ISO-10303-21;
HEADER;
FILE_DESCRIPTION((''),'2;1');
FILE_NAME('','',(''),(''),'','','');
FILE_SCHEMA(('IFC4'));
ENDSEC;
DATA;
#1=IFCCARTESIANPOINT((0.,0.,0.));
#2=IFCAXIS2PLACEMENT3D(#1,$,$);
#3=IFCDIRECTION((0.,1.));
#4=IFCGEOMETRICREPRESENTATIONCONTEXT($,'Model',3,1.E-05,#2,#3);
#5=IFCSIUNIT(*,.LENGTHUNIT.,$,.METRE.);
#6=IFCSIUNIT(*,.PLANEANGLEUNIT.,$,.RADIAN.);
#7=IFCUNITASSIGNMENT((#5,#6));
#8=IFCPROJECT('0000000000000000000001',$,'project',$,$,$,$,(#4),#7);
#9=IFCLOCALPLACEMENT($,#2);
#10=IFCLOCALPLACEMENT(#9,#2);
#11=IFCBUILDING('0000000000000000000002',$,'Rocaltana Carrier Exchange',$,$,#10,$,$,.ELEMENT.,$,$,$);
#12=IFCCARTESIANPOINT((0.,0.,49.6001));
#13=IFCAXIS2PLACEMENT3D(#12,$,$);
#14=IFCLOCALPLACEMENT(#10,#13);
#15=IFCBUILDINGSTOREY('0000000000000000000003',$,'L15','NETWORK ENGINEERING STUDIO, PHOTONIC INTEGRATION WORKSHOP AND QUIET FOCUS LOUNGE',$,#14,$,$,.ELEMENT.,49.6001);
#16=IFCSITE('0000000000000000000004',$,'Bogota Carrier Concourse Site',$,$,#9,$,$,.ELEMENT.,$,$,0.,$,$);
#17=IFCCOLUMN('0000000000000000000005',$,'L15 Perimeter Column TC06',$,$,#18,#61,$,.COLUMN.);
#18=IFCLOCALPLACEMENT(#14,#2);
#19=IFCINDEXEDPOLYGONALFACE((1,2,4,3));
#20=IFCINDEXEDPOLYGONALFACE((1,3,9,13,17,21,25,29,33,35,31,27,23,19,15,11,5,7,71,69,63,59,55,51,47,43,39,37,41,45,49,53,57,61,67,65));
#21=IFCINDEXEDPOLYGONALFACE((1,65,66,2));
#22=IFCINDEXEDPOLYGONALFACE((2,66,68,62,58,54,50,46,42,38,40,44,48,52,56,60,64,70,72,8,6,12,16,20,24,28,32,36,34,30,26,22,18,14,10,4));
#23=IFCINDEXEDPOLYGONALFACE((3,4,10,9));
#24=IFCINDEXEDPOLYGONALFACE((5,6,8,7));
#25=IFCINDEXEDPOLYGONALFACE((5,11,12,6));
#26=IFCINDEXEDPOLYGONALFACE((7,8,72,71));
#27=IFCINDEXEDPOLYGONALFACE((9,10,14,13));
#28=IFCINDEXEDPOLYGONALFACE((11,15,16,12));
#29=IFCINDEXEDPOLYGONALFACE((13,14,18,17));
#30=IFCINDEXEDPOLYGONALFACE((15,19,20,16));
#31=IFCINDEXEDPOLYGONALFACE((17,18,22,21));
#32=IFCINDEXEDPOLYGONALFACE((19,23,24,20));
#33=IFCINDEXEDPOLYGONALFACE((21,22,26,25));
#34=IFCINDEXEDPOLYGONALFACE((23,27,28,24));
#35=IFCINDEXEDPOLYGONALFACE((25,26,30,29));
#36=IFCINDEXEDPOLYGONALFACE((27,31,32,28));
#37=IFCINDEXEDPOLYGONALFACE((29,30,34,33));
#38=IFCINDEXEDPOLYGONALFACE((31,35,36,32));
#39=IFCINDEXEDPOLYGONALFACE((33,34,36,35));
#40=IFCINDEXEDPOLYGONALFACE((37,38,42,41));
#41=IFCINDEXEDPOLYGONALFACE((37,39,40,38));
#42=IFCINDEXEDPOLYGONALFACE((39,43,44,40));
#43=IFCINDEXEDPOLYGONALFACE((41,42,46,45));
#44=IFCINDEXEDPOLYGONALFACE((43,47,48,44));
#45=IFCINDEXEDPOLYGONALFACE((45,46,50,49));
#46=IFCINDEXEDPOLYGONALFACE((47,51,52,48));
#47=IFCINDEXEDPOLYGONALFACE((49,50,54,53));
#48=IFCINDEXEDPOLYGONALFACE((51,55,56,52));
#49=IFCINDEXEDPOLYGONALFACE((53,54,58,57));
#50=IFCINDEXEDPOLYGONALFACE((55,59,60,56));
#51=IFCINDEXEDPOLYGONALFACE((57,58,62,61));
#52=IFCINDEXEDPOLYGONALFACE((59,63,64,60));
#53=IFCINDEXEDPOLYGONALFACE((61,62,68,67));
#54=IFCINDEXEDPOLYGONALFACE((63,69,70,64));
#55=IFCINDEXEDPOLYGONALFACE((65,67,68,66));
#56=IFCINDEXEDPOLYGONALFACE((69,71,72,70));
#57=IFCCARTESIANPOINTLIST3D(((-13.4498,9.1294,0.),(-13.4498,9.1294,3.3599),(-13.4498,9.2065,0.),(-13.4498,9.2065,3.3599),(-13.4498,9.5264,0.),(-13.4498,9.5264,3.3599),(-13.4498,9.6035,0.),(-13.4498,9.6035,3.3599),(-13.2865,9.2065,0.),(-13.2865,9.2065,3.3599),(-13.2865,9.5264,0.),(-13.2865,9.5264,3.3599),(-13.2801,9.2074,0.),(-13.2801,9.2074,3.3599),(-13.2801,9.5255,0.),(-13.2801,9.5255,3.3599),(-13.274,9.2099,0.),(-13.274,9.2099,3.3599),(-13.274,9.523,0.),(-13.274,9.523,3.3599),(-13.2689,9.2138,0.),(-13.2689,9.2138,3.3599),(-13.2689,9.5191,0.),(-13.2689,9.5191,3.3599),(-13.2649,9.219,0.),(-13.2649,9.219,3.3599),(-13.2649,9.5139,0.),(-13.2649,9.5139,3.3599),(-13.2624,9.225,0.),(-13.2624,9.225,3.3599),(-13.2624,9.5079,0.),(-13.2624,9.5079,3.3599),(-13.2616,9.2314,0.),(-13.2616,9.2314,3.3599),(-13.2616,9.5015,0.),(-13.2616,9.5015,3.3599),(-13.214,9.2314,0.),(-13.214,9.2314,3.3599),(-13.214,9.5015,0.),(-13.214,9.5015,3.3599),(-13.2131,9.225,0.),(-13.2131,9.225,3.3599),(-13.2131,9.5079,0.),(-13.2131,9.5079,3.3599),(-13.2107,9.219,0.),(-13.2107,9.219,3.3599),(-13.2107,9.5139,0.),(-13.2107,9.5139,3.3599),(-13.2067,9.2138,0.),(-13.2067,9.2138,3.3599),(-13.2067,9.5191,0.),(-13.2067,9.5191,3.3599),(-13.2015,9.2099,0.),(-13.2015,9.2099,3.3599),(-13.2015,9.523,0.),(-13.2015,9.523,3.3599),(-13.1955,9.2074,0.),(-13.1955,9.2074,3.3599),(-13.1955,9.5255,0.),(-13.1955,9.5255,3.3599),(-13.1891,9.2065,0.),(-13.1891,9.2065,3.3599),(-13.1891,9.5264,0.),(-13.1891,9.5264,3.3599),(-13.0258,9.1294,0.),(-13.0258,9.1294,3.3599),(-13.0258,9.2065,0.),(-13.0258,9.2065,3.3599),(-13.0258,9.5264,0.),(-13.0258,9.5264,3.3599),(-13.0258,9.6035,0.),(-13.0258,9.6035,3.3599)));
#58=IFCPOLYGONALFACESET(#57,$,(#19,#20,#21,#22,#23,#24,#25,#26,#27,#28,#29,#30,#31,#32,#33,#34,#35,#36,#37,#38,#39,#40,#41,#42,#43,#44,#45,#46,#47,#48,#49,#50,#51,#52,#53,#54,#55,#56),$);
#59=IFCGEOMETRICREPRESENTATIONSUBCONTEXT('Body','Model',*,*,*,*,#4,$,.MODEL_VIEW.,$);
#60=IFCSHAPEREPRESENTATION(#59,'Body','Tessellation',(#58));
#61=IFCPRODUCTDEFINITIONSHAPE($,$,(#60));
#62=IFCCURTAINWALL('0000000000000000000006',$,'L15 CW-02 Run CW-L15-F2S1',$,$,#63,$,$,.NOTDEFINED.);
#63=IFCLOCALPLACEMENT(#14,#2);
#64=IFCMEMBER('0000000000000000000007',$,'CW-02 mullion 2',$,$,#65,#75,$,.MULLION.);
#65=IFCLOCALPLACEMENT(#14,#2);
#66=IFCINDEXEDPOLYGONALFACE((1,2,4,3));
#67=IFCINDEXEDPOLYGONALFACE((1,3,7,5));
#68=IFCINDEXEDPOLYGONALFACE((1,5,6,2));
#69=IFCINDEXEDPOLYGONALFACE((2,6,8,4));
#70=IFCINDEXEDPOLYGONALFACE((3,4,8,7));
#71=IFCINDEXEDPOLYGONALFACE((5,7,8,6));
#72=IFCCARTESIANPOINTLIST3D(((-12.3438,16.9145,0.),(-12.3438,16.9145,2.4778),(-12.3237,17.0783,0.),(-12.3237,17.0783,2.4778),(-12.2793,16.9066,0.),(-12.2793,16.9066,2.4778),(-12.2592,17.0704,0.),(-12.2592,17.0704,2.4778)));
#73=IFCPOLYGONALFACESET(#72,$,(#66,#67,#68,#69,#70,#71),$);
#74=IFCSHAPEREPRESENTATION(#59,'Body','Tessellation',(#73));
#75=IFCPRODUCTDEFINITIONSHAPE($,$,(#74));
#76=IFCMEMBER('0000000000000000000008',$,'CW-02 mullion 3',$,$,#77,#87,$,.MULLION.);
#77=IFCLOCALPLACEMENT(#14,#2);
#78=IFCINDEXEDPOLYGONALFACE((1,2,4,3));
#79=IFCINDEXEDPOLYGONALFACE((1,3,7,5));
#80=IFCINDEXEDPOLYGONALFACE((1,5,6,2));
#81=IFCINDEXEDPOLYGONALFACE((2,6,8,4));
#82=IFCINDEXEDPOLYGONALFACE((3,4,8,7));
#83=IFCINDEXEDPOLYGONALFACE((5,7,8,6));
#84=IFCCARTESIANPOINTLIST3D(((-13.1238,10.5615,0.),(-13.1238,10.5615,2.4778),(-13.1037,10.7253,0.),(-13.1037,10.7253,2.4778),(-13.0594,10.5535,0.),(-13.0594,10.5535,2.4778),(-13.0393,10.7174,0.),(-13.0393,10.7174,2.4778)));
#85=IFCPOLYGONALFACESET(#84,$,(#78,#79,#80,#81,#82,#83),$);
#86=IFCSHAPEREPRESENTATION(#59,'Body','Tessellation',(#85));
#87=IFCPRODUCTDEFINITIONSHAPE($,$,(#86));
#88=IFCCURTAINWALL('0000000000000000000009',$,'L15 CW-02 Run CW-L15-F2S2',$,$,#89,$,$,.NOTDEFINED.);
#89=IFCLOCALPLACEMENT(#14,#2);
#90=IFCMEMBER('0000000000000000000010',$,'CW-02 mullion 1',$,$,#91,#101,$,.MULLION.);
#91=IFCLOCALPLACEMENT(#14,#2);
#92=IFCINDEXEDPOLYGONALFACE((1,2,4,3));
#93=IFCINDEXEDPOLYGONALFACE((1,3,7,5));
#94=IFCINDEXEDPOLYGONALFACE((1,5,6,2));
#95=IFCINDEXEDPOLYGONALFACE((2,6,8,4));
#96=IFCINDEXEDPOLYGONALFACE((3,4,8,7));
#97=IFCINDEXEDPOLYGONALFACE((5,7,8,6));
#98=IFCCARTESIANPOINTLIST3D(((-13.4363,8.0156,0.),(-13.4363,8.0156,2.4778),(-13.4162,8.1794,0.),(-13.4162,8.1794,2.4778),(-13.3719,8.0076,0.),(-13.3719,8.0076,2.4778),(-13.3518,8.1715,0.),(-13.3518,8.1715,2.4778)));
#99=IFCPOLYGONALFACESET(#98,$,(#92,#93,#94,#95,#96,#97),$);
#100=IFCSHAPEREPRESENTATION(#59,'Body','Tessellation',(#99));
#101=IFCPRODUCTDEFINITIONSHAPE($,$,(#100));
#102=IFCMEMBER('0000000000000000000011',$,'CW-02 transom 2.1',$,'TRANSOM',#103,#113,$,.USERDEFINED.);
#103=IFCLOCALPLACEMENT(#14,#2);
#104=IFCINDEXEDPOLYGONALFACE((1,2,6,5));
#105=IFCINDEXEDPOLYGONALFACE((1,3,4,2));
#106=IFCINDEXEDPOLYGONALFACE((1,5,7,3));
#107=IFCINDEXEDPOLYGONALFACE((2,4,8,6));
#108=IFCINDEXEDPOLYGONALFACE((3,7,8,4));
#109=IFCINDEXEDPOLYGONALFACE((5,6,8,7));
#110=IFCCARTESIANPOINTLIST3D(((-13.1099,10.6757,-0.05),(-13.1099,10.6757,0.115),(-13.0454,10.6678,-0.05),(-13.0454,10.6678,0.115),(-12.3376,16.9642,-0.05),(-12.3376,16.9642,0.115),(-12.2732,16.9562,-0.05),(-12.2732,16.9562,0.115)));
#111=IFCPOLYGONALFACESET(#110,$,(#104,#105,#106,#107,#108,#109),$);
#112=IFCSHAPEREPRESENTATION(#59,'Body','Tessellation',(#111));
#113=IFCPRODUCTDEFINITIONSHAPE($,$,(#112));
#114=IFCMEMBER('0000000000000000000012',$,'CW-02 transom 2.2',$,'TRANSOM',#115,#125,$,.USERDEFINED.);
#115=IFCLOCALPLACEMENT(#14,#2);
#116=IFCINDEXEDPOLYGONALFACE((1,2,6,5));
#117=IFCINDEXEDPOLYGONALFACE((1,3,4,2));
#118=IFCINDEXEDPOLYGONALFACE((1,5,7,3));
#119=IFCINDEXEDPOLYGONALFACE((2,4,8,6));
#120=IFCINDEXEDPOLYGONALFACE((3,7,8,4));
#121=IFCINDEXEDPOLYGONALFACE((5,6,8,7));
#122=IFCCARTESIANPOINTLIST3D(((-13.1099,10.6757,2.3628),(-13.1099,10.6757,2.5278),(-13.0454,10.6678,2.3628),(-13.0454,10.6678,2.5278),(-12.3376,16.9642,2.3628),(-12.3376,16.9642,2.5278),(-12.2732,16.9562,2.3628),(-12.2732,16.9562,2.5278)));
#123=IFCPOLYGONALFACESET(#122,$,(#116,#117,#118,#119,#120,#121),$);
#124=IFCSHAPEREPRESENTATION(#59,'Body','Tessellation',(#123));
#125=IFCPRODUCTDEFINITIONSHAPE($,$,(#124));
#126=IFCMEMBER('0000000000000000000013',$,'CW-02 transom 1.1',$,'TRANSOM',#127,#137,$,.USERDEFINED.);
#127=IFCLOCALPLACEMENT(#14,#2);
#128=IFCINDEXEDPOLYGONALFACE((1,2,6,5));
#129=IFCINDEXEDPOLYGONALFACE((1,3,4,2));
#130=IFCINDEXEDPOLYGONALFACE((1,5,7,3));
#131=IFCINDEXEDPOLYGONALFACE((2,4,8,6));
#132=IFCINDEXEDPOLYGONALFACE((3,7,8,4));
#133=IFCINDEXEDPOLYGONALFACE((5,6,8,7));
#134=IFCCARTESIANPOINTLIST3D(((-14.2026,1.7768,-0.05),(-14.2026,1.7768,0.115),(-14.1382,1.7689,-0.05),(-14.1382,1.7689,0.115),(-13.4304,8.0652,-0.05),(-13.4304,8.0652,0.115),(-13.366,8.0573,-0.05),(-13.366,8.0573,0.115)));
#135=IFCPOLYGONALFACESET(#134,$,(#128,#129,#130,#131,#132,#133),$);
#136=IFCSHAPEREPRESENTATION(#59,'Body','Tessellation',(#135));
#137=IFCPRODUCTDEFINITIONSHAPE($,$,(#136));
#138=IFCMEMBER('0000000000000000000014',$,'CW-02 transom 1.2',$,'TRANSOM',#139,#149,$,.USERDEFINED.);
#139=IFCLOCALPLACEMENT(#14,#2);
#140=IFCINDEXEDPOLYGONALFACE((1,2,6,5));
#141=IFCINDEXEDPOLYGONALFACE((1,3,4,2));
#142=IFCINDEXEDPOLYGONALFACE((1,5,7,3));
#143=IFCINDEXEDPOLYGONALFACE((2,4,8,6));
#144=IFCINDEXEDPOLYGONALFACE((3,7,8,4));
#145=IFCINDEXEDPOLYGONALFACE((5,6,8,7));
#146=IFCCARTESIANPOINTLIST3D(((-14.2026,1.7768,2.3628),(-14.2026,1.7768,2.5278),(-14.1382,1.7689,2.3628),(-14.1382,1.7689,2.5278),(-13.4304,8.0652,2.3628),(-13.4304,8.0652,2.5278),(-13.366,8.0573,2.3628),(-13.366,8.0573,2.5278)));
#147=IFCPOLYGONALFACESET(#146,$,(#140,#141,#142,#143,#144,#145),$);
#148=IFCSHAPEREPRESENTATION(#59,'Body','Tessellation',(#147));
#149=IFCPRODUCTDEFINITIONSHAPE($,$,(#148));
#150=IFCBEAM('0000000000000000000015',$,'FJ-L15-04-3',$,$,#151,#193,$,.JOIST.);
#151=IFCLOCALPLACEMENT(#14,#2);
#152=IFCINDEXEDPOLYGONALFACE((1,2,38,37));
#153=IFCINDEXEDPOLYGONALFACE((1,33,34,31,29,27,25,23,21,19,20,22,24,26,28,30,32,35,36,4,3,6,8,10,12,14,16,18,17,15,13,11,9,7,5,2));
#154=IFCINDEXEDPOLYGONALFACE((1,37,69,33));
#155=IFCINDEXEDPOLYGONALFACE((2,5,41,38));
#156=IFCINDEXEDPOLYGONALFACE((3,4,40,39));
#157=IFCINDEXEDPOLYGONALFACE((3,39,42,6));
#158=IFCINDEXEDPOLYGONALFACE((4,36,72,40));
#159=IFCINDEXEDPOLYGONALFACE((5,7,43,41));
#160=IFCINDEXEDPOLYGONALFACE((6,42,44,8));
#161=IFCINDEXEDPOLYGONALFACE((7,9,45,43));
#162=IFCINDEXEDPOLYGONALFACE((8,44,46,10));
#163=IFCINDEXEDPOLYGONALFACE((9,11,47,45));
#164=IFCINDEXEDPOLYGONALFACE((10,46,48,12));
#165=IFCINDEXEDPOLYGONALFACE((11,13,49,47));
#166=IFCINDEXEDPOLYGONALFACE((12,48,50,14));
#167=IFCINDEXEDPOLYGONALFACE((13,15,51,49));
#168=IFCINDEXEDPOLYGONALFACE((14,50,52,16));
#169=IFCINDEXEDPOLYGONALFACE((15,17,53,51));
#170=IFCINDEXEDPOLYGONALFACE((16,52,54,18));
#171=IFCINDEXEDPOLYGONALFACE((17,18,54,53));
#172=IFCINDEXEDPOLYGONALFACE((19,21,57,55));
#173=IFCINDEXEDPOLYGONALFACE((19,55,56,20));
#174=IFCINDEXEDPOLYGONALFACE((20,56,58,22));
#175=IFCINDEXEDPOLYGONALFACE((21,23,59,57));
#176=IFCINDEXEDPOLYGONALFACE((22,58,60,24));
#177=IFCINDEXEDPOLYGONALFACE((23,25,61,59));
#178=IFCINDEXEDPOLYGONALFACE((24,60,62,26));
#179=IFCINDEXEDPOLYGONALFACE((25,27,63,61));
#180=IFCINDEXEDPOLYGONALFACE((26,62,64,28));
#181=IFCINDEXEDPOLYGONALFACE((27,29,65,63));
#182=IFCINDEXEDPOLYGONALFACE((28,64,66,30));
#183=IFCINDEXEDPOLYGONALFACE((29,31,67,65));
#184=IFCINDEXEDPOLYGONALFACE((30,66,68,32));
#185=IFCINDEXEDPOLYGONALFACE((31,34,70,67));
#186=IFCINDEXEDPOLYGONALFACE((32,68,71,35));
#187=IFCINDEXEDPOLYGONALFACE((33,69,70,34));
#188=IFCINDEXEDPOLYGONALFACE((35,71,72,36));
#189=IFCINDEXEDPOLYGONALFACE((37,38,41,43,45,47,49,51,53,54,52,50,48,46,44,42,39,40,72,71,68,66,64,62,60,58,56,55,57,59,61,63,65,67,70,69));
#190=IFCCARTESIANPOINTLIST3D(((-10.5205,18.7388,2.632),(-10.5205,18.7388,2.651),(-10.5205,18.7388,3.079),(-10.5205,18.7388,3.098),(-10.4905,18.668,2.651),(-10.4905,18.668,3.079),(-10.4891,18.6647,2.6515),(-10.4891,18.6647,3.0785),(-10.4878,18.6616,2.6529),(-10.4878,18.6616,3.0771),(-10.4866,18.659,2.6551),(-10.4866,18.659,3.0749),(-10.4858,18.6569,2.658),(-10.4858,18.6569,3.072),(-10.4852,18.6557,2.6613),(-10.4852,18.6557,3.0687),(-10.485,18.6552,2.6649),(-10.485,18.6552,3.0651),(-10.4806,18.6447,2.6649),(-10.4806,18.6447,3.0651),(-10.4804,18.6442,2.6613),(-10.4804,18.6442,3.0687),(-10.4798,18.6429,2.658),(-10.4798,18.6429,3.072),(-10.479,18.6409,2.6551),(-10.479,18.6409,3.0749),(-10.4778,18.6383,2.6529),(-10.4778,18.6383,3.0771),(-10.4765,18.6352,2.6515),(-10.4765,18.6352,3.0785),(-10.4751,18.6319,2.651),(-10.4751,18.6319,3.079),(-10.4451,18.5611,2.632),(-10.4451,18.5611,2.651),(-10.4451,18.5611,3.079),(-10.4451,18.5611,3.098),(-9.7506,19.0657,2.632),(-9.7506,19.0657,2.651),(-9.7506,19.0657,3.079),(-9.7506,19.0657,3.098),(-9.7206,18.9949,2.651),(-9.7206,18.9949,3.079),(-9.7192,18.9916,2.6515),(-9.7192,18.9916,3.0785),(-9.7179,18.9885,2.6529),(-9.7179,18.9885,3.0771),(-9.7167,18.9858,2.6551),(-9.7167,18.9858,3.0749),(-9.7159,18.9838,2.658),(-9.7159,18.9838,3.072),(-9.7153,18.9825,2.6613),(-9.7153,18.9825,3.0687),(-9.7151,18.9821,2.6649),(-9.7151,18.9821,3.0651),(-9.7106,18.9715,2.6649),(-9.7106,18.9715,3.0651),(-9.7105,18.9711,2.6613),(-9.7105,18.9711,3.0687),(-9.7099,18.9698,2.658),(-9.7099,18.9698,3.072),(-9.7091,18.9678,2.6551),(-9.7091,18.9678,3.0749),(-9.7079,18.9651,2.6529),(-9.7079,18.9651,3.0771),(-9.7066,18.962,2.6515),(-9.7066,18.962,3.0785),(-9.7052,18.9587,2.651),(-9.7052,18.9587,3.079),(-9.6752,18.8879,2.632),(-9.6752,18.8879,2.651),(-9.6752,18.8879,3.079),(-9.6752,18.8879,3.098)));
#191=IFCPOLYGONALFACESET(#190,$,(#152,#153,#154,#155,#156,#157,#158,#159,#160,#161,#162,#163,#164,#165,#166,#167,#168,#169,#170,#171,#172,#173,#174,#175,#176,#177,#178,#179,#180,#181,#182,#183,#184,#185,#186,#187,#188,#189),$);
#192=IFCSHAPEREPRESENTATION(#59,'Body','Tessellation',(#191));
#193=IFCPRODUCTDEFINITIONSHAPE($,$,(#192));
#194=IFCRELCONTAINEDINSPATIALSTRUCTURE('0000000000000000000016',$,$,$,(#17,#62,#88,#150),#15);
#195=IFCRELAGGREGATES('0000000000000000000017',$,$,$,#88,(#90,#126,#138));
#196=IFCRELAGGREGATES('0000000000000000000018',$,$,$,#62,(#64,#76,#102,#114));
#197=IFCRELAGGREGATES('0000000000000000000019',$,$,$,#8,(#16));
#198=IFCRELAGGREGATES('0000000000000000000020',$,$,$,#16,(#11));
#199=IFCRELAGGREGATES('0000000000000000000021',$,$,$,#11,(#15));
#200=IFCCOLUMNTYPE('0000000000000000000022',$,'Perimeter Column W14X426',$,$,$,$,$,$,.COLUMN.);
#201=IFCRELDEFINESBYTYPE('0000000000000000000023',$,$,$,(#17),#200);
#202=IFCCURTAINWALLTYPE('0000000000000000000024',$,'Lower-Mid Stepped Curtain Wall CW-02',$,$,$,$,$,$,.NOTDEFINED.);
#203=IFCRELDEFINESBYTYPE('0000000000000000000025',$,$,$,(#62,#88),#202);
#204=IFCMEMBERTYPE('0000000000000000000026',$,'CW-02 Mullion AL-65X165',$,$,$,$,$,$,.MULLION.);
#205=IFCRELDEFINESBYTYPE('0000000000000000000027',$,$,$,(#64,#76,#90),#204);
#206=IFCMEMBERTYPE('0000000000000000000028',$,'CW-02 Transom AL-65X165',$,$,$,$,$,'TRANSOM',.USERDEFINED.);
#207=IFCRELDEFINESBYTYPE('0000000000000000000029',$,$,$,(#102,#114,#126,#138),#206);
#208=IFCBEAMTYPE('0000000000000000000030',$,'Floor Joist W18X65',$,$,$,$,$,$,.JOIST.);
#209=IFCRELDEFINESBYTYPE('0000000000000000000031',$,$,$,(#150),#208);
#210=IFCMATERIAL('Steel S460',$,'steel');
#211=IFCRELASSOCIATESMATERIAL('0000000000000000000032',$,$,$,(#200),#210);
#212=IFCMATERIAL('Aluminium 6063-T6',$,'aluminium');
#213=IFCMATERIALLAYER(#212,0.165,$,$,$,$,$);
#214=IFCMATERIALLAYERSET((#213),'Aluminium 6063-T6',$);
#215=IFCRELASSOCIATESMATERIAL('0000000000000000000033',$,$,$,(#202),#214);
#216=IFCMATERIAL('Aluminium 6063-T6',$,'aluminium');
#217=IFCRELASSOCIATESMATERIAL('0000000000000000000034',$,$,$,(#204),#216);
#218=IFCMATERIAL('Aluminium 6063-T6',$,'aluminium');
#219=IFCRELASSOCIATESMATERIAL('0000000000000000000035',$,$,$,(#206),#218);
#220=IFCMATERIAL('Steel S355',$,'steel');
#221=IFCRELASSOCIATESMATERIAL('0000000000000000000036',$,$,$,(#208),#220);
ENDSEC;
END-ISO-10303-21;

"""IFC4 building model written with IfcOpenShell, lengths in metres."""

from ifc_helpers import new_model, si_unit, direction, frame, origin, origin_2d, place, context, subcontext, project, spatial, rectangle, i_section, extrude, material, layer, layer_set, material_profile, profile_set, type_object, element, aggregate, save


model = new_model("IFC4")

# Units and contexts
model_context = context("Model", 3, precision=1e-05, world=origin(), true_north=direction((0.0, 1.0)))
body_context = subcontext(model_context, "Body", "Model", "MODEL_VIEW")
ifc_project = project(units=[si_unit("LENGTHUNIT", "METRE"), si_unit("PLANEANGLEUNIT", "RADIAN")], contexts=[model_context])

# Site, building, storey
site_placement = place(None, origin())
site = spatial("IfcSite", under=ifc_project, at=site_placement, Name="Bogota Carrier Concourse Site", CompositionType="ELEMENT", RefElevation=0.0)
building_placement = place(site_placement, origin())
building = spatial("IfcBuilding", under=site, at=building_placement, Name="Rocaltana Carrier Exchange", CompositionType="ELEMENT")
storey_placement = place(building_placement, frame((0.0, 0.0, 49.6001)))
storey = spatial("IfcBuildingStorey", under=building, at=storey_placement, Name="L15", Description="NETWORK ENGINEERING STUDIO, PHOTONIC INTEGRATION WORKSHOP AND QUIET FOCUS LOUNGE", CompositionType="ELEMENT", Elevation=49.6001)

# Column
ifc_material_1 = material(Name="Steel S460", Category="steel")
ifc_material_profile_1 = material_profile(ifc_material_1, i_section(OverallWidth=0.4241, OverallDepth=0.4741, WebThickness=0.0476, FlangeThickness=0.0771, FilletRadius=0.0249, at=origin_2d()), Name="W14X426")
ifc_profile_set_1 = profile_set([ifc_material_profile_1], Name="Steel S460")
column_type = type_object("IfcColumnType", Name="Perimeter Column W14X426", PredefinedType="COLUMN", material=ifc_profile_set_1)
column_placement = place(storey_placement, frame((-13.2378, 9.3665, 0.0), z_axis=(0.0, 0.0, 1.0), x_axis=(1.0, 0.0, 0.0)))
element("IfcColumn", 1, at=column_placement, inside=storey, type_object=column_type, Name="L15 Perimeter Column TC06", PredefinedType="COLUMN", context=body_context, shape_type="SweptSolid", body=[
    extrude(i_section(OverallWidth=0.4241, OverallDepth=0.4741, WebThickness=0.0476, FlangeThickness=0.0771, FilletRadius=0.0249, at=origin_2d()), origin(), (0.0, 0.0, 1.0), 3.3599),
])

# Curtain wall, members
ifc_material_2 = material(Name="Aluminium 6063-T6", Category="aluminium")
ifc_layer_1 = layer(ifc_material_2, 0.165)
ifc_layer_set_1 = layer_set([ifc_layer_1], Name="Aluminium 6063-T6")
curtain_wall_type = type_object("IfcCurtainWallType", Name="Lower-Mid Stepped Curtain Wall CW-02", PredefinedType="NOTDEFINED", material=ifc_layer_set_1)
curtain_wall_1_placement = place(storey_placement, origin())
curtain_wall_1 = element("IfcCurtainWall", 2, at=curtain_wall_1_placement, inside=storey, type_object=curtain_wall_type, Name="L15 CW-02 Run CW-L15-F2S1", PredefinedType="NOTDEFINED")
ifc_material_3 = material(Name="Aluminium 6063-T6", Category="aluminium")
ifc_material_profile_2 = material_profile(ifc_material_3, rectangle(XDim=0.0649, YDim=0.165, at=origin_2d()), Name="AL-65X165")
ifc_profile_set_2 = profile_set([ifc_material_profile_2], Name="Aluminium 6063-T6")
member_type_1 = type_object("IfcMemberType", Name="CW-02 Mullion AL-65X165", PredefinedType="MULLION", material=ifc_profile_set_2)
member_1_placement = place(storey_placement, frame((-12.3015, 16.9924, 0.0), z_axis=(0.0, 0.0, 1.0), x_axis=(0.992546, -0.121873, 0.0)))
member_1 = element("IfcMember", 3, at=member_1_placement, type_object=member_type_1, Name="CW-02 mullion 2", PredefinedType="MULLION", context=body_context, shape_type="SweptSolid", body=[
    extrude(rectangle(XDim=0.0649, YDim=0.165, at=origin_2d()), origin(), (0.0, 0.0, 1.0), 2.4778),
])
member_2_placement = place(storey_placement, frame((-13.0815, 10.6394, 0.0), z_axis=(0.0, 0.0, 1.0), x_axis=(0.992546, -0.121873, 0.0)))
member_2 = element("IfcMember", 4, at=member_2_placement, type_object=member_type_1, Name="CW-02 mullion 3", PredefinedType="MULLION", context=body_context, shape_type="SweptSolid", body=[
    extrude(rectangle(XDim=0.0649, YDim=0.165, at=origin_2d()), origin(), (0.0, 0.0, 1.0), 2.4778),
])

# Curtain wall, member
curtain_wall_2_placement = place(storey_placement, origin())
curtain_wall_2 = element("IfcCurtainWall", 5, at=curtain_wall_2_placement, inside=storey, type_object=curtain_wall_type, Name="L15 CW-02 Run CW-L15-F2S2", PredefinedType="NOTDEFINED")
member_3_placement = place(storey_placement, frame((-13.394, 8.0935, 0.0), z_axis=(0.0, 0.0, 1.0), x_axis=(0.992546, -0.121874, 0.0)))
member_3 = element("IfcMember", 6, at=member_3_placement, type_object=member_type_1, Name="CW-02 mullion 1", PredefinedType="MULLION", context=body_context, shape_type="SweptSolid", body=[
    extrude(rectangle(XDim=0.0649, YDim=0.165, at=origin_2d()), origin(), (0.0, 0.0, 1.0), 2.4778),
])

# Members
ifc_material_4 = material(Name="Aluminium 6063-T6", Category="aluminium")
ifc_material_profile_3 = material_profile(ifc_material_4, rectangle(XDim=0.0649, YDim=0.165, at=origin_2d()), Name="AL-65X165")
ifc_profile_set_3 = profile_set([ifc_material_profile_3], Name="Aluminium 6063-T6")
member_type_2 = type_object("IfcMemberType", Name="CW-02 Transom AL-65X165", ElementType="TRANSOM", PredefinedType="USERDEFINED", material=ifc_profile_set_3)
member_4_placement = place(storey_placement, frame((-12.3054, 16.9602, 0.0325), z_axis=(-0.121881, -0.992545, 0.0), x_axis=(0.992545, -0.121881, 0.0)))
member_4 = element("IfcMember", 7, at=member_4_placement, type_object=member_type_2, Name="CW-02 transom 2.1", ObjectType="TRANSOM", PredefinedType="USERDEFINED", context=body_context, shape_type="SweptSolid", body=[
    extrude(rectangle(XDim=0.0649, YDim=0.165, at=origin_2d()), origin(), (0.0, 0.0, 1.0), 6.3357),
])
member_5_placement = place(storey_placement, frame((-12.3054, 16.9602, 2.4453), z_axis=(-0.121881, -0.992545, 0.0), x_axis=(0.992545, -0.121881, 0.0)))
member_5 = element("IfcMember", 8, at=member_5_placement, type_object=member_type_2, Name="CW-02 transom 2.2", ObjectType="TRANSOM", PredefinedType="USERDEFINED", context=body_context, shape_type="SweptSolid", body=[
    extrude(rectangle(XDim=0.0649, YDim=0.165, at=origin_2d()), origin(), (0.0, 0.0, 1.0), 6.3357),
])
member_6_placement = place(storey_placement, frame((-13.3982, 8.0613, 0.0325), z_axis=(-0.121881, -0.992545, 0.0), x_axis=(0.992545, -0.121881, 0.0)))
member_6 = element("IfcMember", 9, at=member_6_placement, type_object=member_type_2, Name="CW-02 transom 1.1", ObjectType="TRANSOM", PredefinedType="USERDEFINED", context=body_context, shape_type="SweptSolid", body=[
    extrude(rectangle(XDim=0.0649, YDim=0.165, at=origin_2d()), origin(), (0.0, 0.0, 1.0), 6.3357),
])
member_7_placement = place(storey_placement, frame((-13.3982, 8.0613, 2.4453), z_axis=(-0.121881, -0.992545, 0.0), x_axis=(0.992545, -0.121881, 0.0)))
member_7 = element("IfcMember", 10, at=member_7_placement, type_object=member_type_2, Name="CW-02 transom 1.2", ObjectType="TRANSOM", PredefinedType="USERDEFINED", context=body_context, shape_type="SweptSolid", body=[
    extrude(rectangle(XDim=0.0649, YDim=0.165, at=origin_2d()), origin(), (0.0, 0.0, 1.0), 6.3357),
])
aggregate(curtain_wall_2, [member_3, member_6, member_7])

# Beam
ifc_material_5 = material(Name="Steel S355", Category="steel")
ifc_material_profile_4 = material_profile(ifc_material_5, i_section(OverallWidth=0.1931, OverallDepth=0.4661, WebThickness=0.0115, FlangeThickness=0.019, FilletRadius=0.0139, at=origin_2d()), Name="W18X65")
ifc_profile_set_4 = profile_set([ifc_material_profile_4], Name="Steel S355")
beam_type_1 = type_object("IfcBeamType", Name="Floor Joist W18X65", PredefinedType="JOIST", material=ifc_profile_set_4)
beam_1_placement = place(storey_placement, frame((-9.7129, 18.9768, 2.865), z_axis=(-0.920483, -0.390782, 0.0), x_axis=(0.390782, -0.920483, 0.0)))
element("IfcBeam", 11, at=beam_1_placement, inside=storey, type_object=beam_type_1, Name="FJ-L15-04-3", PredefinedType="JOIST", context=body_context, shape_type="SweptSolid", body=[
    extrude(i_section(OverallWidth=0.1931, OverallDepth=0.4661, WebThickness=0.0115, FlangeThickness=0.019, FilletRadius=0.0139, at=origin_2d()), origin(), (0.0, 0.0, 1.0), 0.8364),
])

aggregate(curtain_wall_1, [member_1, member_2, member_4, member_5])

save(model, "model.ifc")
